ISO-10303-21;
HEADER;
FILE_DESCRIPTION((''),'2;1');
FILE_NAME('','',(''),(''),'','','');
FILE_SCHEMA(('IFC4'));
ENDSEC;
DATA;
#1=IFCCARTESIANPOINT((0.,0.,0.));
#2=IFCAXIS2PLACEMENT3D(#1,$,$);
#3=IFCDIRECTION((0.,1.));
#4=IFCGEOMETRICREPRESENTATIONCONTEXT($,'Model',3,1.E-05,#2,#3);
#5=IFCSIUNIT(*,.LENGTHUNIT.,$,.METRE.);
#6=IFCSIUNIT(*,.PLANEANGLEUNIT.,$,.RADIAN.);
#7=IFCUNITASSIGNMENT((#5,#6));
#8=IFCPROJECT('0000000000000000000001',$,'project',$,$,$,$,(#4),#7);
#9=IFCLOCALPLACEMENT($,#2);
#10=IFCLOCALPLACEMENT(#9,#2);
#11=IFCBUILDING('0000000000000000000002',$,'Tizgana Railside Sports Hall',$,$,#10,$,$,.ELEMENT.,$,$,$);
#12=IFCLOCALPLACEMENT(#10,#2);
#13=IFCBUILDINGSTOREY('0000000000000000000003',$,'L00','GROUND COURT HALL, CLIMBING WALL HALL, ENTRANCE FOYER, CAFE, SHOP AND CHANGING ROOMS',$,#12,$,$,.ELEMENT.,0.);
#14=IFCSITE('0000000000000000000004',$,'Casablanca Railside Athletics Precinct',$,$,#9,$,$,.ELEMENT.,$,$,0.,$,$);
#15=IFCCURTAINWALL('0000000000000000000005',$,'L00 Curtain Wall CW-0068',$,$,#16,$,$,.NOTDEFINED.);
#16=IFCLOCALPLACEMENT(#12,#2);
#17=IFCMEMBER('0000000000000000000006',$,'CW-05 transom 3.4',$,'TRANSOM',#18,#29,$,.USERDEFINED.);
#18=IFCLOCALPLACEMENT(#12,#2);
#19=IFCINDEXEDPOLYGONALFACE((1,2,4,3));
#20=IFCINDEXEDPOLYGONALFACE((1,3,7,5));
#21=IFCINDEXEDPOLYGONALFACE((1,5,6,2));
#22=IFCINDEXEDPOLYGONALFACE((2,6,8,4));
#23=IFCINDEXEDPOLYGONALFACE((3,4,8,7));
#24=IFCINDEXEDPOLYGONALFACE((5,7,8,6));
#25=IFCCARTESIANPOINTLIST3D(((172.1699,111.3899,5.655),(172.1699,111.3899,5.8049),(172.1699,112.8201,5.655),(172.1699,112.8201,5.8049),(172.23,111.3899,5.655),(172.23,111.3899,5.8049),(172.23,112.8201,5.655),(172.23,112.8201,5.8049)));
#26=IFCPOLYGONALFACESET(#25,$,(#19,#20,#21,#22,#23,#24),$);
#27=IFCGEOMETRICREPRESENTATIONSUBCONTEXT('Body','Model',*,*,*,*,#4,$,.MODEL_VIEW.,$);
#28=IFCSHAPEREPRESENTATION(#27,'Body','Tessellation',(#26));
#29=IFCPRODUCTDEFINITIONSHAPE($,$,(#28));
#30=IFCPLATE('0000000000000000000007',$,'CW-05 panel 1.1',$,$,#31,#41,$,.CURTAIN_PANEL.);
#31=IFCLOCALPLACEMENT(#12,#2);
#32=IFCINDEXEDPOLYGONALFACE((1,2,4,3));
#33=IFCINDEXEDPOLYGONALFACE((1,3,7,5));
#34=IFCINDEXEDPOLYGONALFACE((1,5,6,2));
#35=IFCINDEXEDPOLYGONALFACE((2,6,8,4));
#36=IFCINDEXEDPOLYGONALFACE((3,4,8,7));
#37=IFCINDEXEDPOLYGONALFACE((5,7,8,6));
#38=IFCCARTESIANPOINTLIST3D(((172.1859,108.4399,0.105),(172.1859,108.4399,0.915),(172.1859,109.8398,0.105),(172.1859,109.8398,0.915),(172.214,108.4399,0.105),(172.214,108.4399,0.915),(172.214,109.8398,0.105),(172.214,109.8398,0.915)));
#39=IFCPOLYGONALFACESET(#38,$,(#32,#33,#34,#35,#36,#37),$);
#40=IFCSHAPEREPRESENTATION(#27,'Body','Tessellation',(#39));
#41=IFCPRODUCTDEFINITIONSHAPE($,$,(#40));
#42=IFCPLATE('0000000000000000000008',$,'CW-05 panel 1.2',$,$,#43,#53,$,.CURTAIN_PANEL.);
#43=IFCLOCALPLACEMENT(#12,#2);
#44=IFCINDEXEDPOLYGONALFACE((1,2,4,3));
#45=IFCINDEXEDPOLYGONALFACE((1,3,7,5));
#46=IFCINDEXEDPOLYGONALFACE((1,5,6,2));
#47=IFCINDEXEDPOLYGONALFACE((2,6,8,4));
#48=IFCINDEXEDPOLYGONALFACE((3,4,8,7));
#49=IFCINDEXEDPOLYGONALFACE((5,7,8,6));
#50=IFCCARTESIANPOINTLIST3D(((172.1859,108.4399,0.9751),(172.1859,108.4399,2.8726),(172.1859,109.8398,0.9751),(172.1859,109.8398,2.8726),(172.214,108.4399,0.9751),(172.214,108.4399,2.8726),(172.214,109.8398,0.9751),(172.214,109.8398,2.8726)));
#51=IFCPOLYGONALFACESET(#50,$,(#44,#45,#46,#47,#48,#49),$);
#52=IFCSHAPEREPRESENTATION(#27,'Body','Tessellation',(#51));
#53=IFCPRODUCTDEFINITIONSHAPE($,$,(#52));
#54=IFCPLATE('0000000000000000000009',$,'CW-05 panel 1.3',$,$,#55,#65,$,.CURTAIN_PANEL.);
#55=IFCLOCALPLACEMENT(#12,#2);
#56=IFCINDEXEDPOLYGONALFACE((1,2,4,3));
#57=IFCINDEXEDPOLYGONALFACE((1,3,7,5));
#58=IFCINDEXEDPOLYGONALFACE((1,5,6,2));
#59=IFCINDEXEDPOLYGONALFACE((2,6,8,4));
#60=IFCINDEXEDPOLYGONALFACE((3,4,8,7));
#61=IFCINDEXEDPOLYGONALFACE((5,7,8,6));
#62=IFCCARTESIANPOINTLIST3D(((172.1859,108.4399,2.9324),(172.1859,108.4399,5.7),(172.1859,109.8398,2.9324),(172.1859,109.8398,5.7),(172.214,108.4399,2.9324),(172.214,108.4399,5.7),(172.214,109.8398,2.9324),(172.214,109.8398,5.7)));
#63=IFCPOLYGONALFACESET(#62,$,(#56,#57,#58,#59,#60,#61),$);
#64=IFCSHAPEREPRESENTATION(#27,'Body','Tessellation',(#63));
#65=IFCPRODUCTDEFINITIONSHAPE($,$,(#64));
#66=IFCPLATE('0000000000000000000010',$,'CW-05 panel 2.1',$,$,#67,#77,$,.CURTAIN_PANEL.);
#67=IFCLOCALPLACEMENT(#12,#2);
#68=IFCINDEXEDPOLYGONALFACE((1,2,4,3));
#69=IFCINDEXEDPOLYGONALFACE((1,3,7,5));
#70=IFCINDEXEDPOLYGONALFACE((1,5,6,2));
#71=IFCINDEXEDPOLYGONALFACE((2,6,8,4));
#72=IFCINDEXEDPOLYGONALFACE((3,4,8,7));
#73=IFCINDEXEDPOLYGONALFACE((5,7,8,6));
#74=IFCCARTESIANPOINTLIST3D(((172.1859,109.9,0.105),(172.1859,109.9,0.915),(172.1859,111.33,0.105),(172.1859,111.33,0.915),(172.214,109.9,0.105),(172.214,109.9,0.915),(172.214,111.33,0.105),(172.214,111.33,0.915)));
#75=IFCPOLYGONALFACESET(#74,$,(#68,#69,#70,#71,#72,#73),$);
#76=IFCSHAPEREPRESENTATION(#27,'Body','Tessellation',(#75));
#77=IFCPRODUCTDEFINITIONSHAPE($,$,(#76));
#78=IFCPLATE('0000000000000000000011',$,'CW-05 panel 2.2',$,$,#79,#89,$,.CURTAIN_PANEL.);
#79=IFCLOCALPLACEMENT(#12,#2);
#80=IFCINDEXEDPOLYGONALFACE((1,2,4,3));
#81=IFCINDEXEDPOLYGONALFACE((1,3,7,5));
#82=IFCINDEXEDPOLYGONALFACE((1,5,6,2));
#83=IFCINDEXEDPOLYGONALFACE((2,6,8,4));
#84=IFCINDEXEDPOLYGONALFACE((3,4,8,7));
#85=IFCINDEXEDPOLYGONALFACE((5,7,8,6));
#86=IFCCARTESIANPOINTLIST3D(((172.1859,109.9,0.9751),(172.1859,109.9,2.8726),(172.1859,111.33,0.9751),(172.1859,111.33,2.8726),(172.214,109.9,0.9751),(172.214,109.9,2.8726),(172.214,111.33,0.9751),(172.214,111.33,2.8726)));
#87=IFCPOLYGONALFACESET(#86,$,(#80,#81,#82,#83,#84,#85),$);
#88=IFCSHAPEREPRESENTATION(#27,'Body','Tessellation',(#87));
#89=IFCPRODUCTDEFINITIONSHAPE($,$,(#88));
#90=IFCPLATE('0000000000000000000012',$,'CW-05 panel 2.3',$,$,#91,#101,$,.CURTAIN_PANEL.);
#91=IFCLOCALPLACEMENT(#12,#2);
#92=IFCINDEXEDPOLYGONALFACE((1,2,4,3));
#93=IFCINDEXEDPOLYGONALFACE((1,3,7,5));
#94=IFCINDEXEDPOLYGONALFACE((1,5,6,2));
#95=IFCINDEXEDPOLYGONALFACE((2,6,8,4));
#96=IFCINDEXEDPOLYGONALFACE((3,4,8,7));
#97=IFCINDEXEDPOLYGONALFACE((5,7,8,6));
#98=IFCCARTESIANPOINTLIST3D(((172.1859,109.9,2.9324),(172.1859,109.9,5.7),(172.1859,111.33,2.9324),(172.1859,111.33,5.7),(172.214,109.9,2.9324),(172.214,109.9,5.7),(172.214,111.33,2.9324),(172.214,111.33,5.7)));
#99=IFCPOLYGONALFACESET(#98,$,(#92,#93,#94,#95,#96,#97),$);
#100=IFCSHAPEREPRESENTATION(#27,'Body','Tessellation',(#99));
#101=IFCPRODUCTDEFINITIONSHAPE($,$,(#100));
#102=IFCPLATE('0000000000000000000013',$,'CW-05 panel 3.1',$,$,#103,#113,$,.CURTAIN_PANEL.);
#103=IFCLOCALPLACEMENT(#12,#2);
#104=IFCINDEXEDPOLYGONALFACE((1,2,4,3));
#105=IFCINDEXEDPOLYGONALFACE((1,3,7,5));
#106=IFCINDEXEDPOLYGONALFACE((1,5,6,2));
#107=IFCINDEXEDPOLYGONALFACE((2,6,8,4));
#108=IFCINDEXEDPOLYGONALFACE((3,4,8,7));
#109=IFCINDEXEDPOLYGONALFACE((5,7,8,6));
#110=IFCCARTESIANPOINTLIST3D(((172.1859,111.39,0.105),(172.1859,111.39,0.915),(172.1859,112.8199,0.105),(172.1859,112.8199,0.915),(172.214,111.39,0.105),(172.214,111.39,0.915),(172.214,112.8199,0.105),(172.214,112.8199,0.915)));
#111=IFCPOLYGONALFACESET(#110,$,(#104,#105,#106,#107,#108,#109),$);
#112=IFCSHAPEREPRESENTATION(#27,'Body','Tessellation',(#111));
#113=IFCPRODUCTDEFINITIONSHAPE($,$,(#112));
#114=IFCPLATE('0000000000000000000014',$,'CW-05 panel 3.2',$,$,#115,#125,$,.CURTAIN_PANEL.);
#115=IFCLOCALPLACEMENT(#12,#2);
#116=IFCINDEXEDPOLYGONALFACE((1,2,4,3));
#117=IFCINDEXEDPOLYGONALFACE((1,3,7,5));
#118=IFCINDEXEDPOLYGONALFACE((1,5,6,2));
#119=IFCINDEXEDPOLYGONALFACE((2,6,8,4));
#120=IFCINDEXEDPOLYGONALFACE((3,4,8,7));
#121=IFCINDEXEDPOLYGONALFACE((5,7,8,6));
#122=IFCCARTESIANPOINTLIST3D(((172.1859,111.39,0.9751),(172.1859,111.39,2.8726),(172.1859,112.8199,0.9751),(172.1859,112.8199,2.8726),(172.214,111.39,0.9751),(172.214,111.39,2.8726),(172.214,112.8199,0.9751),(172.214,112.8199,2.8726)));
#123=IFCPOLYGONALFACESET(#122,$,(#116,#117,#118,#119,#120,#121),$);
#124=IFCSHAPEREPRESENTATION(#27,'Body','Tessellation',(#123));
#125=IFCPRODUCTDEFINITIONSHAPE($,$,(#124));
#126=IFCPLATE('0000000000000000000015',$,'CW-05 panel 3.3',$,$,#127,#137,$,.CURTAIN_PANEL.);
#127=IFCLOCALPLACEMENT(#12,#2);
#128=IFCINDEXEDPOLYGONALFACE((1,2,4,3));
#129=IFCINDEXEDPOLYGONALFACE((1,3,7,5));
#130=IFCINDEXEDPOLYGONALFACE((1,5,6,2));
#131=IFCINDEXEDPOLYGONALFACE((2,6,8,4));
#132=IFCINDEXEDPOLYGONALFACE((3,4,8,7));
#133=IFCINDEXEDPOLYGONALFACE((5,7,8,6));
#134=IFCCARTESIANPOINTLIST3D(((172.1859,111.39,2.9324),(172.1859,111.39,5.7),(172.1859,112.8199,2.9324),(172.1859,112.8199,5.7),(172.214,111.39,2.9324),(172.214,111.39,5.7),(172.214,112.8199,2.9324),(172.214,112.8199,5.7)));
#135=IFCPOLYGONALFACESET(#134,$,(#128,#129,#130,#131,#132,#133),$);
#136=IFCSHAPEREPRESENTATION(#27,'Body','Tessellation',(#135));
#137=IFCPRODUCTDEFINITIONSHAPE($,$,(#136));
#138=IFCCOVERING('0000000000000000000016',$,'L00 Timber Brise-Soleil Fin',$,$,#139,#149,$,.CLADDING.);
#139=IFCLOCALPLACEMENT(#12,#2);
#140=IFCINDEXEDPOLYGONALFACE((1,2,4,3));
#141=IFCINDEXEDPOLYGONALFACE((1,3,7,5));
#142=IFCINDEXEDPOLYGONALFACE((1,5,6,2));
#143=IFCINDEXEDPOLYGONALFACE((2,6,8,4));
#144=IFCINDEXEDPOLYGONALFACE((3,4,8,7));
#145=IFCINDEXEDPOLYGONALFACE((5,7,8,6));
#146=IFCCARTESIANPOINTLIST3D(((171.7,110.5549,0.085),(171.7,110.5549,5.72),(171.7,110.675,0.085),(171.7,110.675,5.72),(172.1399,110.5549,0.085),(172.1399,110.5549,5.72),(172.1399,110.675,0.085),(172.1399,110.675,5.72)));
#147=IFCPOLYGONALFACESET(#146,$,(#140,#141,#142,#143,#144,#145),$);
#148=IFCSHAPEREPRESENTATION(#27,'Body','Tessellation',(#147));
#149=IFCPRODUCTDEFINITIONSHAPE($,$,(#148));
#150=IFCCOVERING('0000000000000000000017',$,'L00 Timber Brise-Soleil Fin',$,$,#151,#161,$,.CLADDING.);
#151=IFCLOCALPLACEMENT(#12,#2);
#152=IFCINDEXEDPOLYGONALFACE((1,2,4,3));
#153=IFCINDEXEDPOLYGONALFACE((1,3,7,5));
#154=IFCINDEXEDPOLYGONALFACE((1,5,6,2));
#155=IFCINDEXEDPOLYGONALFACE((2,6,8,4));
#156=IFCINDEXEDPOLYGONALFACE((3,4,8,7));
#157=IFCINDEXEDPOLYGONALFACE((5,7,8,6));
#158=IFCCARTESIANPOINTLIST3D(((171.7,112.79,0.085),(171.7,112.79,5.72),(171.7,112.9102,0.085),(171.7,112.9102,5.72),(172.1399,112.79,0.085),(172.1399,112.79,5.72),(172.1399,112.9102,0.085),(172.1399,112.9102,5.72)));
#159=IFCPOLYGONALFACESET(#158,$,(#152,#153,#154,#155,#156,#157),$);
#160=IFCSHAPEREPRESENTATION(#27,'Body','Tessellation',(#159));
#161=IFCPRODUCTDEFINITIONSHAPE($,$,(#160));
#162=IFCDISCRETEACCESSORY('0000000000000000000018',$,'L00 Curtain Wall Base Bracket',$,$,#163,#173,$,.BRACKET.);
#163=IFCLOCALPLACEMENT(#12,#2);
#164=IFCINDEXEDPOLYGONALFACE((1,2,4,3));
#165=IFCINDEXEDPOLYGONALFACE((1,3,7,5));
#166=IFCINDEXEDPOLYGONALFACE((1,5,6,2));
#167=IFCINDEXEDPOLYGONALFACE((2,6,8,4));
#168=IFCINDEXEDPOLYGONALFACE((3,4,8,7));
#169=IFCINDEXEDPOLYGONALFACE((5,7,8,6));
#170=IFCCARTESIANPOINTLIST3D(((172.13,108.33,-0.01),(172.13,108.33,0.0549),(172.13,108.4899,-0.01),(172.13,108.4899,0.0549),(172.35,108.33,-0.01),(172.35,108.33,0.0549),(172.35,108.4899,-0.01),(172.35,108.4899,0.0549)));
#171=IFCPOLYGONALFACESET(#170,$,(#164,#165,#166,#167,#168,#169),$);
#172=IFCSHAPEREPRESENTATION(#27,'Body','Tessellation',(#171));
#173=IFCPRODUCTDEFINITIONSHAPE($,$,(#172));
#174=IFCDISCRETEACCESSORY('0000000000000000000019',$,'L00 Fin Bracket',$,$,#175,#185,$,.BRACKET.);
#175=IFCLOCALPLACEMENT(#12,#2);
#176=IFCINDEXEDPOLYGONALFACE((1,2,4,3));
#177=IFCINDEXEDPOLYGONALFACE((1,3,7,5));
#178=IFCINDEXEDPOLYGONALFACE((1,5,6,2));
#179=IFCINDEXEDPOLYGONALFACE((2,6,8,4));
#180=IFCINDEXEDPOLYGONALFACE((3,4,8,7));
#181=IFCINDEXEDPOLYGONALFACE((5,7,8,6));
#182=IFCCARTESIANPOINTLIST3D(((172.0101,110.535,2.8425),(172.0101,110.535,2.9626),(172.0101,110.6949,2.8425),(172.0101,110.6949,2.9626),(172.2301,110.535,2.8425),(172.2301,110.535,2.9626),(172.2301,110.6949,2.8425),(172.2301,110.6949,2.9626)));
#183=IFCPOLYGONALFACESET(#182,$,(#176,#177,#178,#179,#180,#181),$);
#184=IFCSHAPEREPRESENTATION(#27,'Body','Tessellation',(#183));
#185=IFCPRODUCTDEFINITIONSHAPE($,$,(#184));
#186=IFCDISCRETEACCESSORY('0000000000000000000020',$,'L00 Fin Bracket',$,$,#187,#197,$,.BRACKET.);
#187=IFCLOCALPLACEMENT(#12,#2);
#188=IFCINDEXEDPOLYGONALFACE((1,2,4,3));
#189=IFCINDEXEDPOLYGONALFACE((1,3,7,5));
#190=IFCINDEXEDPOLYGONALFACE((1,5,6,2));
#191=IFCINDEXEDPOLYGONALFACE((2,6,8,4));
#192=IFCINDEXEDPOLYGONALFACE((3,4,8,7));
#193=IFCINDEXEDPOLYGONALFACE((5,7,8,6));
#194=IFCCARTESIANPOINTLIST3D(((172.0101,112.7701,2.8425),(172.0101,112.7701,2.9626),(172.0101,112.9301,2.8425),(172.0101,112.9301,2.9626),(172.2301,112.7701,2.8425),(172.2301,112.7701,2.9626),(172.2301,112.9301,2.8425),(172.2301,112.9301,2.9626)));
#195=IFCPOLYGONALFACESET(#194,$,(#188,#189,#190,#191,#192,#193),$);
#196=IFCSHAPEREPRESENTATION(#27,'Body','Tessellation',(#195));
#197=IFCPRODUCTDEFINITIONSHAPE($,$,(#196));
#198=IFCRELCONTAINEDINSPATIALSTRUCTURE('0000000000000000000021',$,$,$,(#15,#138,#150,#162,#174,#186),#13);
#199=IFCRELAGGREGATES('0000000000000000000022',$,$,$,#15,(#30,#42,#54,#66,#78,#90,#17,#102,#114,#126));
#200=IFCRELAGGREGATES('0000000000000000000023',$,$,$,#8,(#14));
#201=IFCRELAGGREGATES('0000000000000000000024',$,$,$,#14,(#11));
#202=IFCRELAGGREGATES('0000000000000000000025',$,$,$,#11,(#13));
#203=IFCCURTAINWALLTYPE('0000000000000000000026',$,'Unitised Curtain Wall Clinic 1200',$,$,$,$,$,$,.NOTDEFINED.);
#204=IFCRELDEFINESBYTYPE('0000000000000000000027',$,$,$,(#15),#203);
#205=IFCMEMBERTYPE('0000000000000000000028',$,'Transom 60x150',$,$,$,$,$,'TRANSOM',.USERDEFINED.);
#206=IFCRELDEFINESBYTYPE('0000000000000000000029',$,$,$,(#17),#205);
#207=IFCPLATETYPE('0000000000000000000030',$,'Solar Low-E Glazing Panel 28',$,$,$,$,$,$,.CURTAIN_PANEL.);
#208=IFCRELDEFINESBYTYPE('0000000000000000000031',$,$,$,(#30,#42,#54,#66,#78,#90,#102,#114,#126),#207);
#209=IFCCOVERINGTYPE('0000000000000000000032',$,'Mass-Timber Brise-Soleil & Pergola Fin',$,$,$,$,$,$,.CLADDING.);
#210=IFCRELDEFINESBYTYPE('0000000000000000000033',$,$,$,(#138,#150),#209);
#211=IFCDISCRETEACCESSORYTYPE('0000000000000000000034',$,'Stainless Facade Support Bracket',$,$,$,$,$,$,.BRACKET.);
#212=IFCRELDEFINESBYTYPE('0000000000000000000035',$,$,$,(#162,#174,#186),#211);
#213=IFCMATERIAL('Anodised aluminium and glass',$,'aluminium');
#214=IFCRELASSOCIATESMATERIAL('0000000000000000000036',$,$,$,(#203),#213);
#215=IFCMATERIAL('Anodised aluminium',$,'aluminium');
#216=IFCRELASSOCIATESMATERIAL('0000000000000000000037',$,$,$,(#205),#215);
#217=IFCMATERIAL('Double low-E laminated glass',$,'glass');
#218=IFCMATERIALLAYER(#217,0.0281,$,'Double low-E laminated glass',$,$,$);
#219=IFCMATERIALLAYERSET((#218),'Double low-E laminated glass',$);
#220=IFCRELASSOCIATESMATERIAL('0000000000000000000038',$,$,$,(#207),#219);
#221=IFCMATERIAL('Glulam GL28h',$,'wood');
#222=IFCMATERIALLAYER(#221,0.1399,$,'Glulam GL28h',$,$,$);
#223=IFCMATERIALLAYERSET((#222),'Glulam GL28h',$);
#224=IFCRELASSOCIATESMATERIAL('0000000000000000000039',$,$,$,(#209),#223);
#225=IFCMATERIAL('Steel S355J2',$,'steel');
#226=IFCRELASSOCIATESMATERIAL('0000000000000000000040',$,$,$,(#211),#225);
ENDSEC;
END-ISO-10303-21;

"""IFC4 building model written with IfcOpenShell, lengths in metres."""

from ifc_helpers import new_model, si_unit, direction, frame, origin, origin_2d, place, context, subcontext, project, spatial, rectangle, extrude, material, layer, layer_set, material_profile, profile_set, type_object, element, aggregate, save


model = new_model("IFC4")

# Units and contexts
model_context = context("Model", 3, precision=1e-05, world=origin(), true_north=direction((0.0, 1.0)))
body_context = subcontext(model_context, "Body", "Model", "MODEL_VIEW")
ifc_project = project(units=[si_unit("LENGTHUNIT", "METRE"), si_unit("PLANEANGLEUNIT", "RADIAN")], contexts=[model_context])

# Site, building, storey
site_placement = place(None, origin())
site = spatial("IfcSite", under=ifc_project, at=site_placement, Name="Casablanca Railside Athletics Precinct", CompositionType="ELEMENT", RefElevation=0.0)
building_placement = place(site_placement, origin())
building = spatial("IfcBuilding", under=site, at=building_placement, Name="Tizgana Railside Sports Hall", CompositionType="ELEMENT")
storey_placement = place(building_placement, origin())
storey = spatial("IfcBuildingStorey", under=building, at=storey_placement, Name="L00", Description="GROUND COURT HALL, CLIMBING WALL HALL, ENTRANCE FOYER, CAFE, SHOP AND CHANGING ROOMS", CompositionType="ELEMENT", Elevation=0.0)

# Curtain wall, member, plates
ifc_material_1 = material(Name="Anodised aluminium and glass", Category="aluminium")
curtain_wall_type = type_object("IfcCurtainWallType", Name="Unitised Curtain Wall Clinic 1200", PredefinedType="NOTDEFINED", material=ifc_material_1)
curtain_wall_placement = place(storey_placement, origin())
curtain_wall = element("IfcCurtainWall", 1, at=curtain_wall_placement, inside=storey, type_object=curtain_wall_type, Name="L00 Curtain Wall CW-0068", PredefinedType="NOTDEFINED")
ifc_material_2 = material(Name="Anodised aluminium", Category="aluminium")
ifc_material_profile_1 = material_profile(ifc_material_2, rectangle(XDim=0.0601, YDim=0.1499, at=origin_2d()), Name="Transom 60x150")
ifc_profile_set_1 = profile_set([ifc_material_profile_1], Name="Anodised aluminium")
member_type_1 = type_object("IfcMemberType", Name="Transom 60x150", ElementType="TRANSOM", PredefinedType="USERDEFINED", material=ifc_profile_set_1)
member_1_placement = place(storey_placement, frame((172.2, 111.3899, 5.73), z_axis=(0.0, 1.0, 0.0), x_axis=(-1.0, 0.0, 0.0)))
member_1 = element("IfcMember", 2, at=member_1_placement, type_object=member_type_1, Name="CW-05 transom 3.4", ObjectType="TRANSOM", PredefinedType="USERDEFINED", context=body_context, shape_type="SweptSolid", body=[
    extrude(rectangle(XDim=0.0601, YDim=0.1499, at=origin_2d()), origin(), (0.0, 0.0, 1.0), 1.4302),
])
ifc_material_3 = material(Name="Double low-E laminated glass", Category="glass")
ifc_layer_1 = layer(ifc_material_3, 0.0281, Name="Double low-E laminated glass")
ifc_layer_set_1 = layer_set([ifc_layer_1], Name="Double low-E laminated glass")
plate_type = type_object("IfcPlateType", Name="Solar Low-E Glazing Panel 28", PredefinedType="CURTAIN_PANEL", material=ifc_layer_set_1)
plate_1_placement = place(storey_placement, frame((172.2, 109.1399, 0.105), z_axis=(0.0, 0.0, 1.0), x_axis=(0.0, 1.0, 0.0)))
plate_1 = element("IfcPlate", 3, at=plate_1_placement, type_object=plate_type, Name="CW-05 panel 1.1", PredefinedType="CURTAIN_PANEL", context=body_context, shape_type="SweptSolid", body=[
    extrude(rectangle(XDim=1.3999, YDim=0.0281, at=origin_2d()), origin(), (0.0, 0.0, 1.0), 0.8101),
])
plate_2_placement = place(storey_placement, frame((172.2, 109.1399, 0.9751), z_axis=(0.0, 0.0, 1.0), x_axis=(0.0, 1.0, 0.0)))
plate_2 = element("IfcPlate", 4, at=plate_2_placement, type_object=plate_type, Name="CW-05 panel 1.2", PredefinedType="CURTAIN_PANEL", context=body_context, shape_type="SweptSolid", body=[
    extrude(rectangle(XDim=1.3999, YDim=0.0281, at=origin_2d()), origin(), (0.0, 0.0, 1.0), 1.8975),
])
plate_3_placement = place(storey_placement, frame((172.2, 109.1399, 2.9324), z_axis=(0.0, 0.0, 1.0), x_axis=(0.0, 1.0, 0.0)))
plate_3 = element("IfcPlate", 5, at=plate_3_placement, type_object=plate_type, Name="CW-05 panel 1.3", PredefinedType="CURTAIN_PANEL", context=body_context, shape_type="SweptSolid", body=[
    extrude(rectangle(XDim=1.3999, YDim=0.0281, at=origin_2d()), origin(), (0.0, 0.0, 1.0), 2.7676),
])
plate_4_placement = place(storey_placement, frame((172.2, 110.615, 0.105), z_axis=(0.0, 0.0, 1.0), x_axis=(0.0, 1.0, 0.0)))
plate_4 = element("IfcPlate", 6, at=plate_4_placement, type_object=plate_type, Name="CW-05 panel 2.1", PredefinedType="CURTAIN_PANEL", context=body_context, shape_type="SweptSolid", body=[
    extrude(rectangle(XDim=1.4299, YDim=0.0281, at=origin_2d()), origin(), (0.0, 0.0, 1.0), 0.8101),
])
plate_5_placement = place(storey_placement, frame((172.2, 110.615, 0.9751), z_axis=(0.0, 0.0, 1.0), x_axis=(0.0, 1.0, 0.0)))
plate_5 = element("IfcPlate", 7, at=plate_5_placement, type_object=plate_type, Name="CW-05 panel 2.2", PredefinedType="CURTAIN_PANEL", context=body_context, shape_type="SweptSolid", body=[
    extrude(rectangle(XDim=1.4299, YDim=0.0281, at=origin_2d()), origin(), (0.0, 0.0, 1.0), 1.8975),
])
plate_6_placement = place(storey_placement, frame((172.2, 110.615, 2.9324), z_axis=(0.0, 0.0, 1.0), x_axis=(0.0, 1.0, 0.0)))
plate_6 = element("IfcPlate", 8, at=plate_6_placement, type_object=plate_type, Name="CW-05 panel 2.3", PredefinedType="CURTAIN_PANEL", context=body_context, shape_type="SweptSolid", body=[
    extrude(rectangle(XDim=1.4299, YDim=0.0281, at=origin_2d()), origin(), (0.0, 0.0, 1.0), 2.7676),
])
plate_7_placement = place(storey_placement, frame((172.2, 112.105, 0.105), z_axis=(0.0, 0.0, 1.0), x_axis=(0.0, 1.0, 0.0)))
plate_7 = element("IfcPlate", 9, at=plate_7_placement, type_object=plate_type, Name="CW-05 panel 3.1", PredefinedType="CURTAIN_PANEL", context=body_context, shape_type="SweptSolid", body=[
    extrude(rectangle(XDim=1.4299, YDim=0.0281, at=origin_2d()), origin(), (0.0, 0.0, 1.0), 0.8101),
])
plate_8_placement = place(storey_placement, frame((172.2, 112.105, 0.9751), z_axis=(0.0, 0.0, 1.0), x_axis=(0.0, 1.0, 0.0)))
plate_8 = element("IfcPlate", 10, at=plate_8_placement, type_object=plate_type, Name="CW-05 panel 3.2", PredefinedType="CURTAIN_PANEL", context=body_context, shape_type="SweptSolid", body=[
    extrude(rectangle(XDim=1.4299, YDim=0.0281, at=origin_2d()), origin(), (0.0, 0.0, 1.0), 1.8975),
])
plate_9_placement = place(storey_placement, frame((172.2, 112.105, 2.9324), z_axis=(0.0, 0.0, 1.0), x_axis=(0.0, 1.0, 0.0)))
plate_9 = element("IfcPlate", 11, at=plate_9_placement, type_object=plate_type, Name="CW-05 panel 3.3", PredefinedType="CURTAIN_PANEL", context=body_context, shape_type="SweptSolid", body=[
    extrude(rectangle(XDim=1.4299, YDim=0.0281, at=origin_2d()), origin(), (0.0, 0.0, 1.0), 2.7676),
])
aggregate(curtain_wall, [plate_1, plate_2, plate_3, plate_4, plate_5, plate_6, member_1, plate_7, plate_8, plate_9])

# Coverings
ifc_material_4 = material(Name="Glulam GL28h", Category="wood")
ifc_layer_2 = layer(ifc_material_4, 0.1399, Name="Glulam GL28h")
ifc_layer_set_2 = layer_set([ifc_layer_2], Name="Glulam GL28h")
covering_type = type_object("IfcCoveringType", Name="Mass-Timber Brise-Soleil & Pergola Fin", PredefinedType="CLADDING", material=ifc_layer_set_2)
for number, where, z_axis, x_axis, name in (
    (12, (171.9199, 110.615, 0.085), (0.0, 0.0, 1.0), (0.0, 1.0, 0.0), "L00 Timber Brise-Soleil Fin"),
    (13, (171.9199, 112.8501, 0.085), (0.0, 0.0, 1.0), (0.0, 1.0, 0.0), "L00 Timber Brise-Soleil Fin"),
):
    element("IfcCovering", number, at=place(storey_placement, frame(where, z_axis=z_axis, x_axis=x_axis)), inside=storey, type_object=covering_type, Name=name, PredefinedType="CLADDING", context=body_context, shape_type="SweptSolid", body=[
        extrude(rectangle(XDim=0.1201, YDim=0.4399, at=origin_2d()), origin(), (0.0, 0.0, 1.0), 5.635),
    ])

# Discrete accessories
ifc_material_5 = material(Name="Steel S355J2", Category="steel")
discrete_accessory_type = type_object("IfcDiscreteAccessoryType", Name="Stainless Facade Support Bracket", PredefinedType="BRACKET", material=ifc_material_5)
discrete_accessory_placement = place(storey_placement, frame((172.24, 108.4099, -0.01), z_axis=(0.0, 0.0, 1.0), x_axis=(0.0, 1.0, 0.0)))
element("IfcDiscreteAccessory", 14, at=discrete_accessory_placement, inside=storey, type_object=discrete_accessory_type, Name="L00 Curtain Wall Base Bracket", PredefinedType="BRACKET", context=body_context, shape_type="SweptSolid", body=[
    extrude(rectangle(XDim=0.1599, YDim=0.22, at=origin_2d()), origin(), (0.0, 0.0, 1.0), 0.0649),
])
for number, where, z_axis, x_axis, name in (
    (15, (172.1201, 110.615, 2.8425), (0.0, 0.0, 1.0), (0.0, 1.0, 0.0), "L00 Fin Bracket"),
    (16, (172.1201, 112.8501, 2.8425), (0.0, 0.0, 1.0), (0.0, 1.0, 0.0), "L00 Fin Bracket"),
):
    element("IfcDiscreteAccessory", number, at=place(storey_placement, frame(where, z_axis=z_axis, x_axis=x_axis)), inside=storey, type_object=discrete_accessory_type, Name=name, PredefinedType="BRACKET", context=body_context, shape_type="SweptSolid", body=[
        extrude(rectangle(XDim=0.1599, YDim=0.22, at=origin_2d()), origin(), (0.0, 0.0, 1.0), 0.1201),
    ])

save(model, "model.ifc")
